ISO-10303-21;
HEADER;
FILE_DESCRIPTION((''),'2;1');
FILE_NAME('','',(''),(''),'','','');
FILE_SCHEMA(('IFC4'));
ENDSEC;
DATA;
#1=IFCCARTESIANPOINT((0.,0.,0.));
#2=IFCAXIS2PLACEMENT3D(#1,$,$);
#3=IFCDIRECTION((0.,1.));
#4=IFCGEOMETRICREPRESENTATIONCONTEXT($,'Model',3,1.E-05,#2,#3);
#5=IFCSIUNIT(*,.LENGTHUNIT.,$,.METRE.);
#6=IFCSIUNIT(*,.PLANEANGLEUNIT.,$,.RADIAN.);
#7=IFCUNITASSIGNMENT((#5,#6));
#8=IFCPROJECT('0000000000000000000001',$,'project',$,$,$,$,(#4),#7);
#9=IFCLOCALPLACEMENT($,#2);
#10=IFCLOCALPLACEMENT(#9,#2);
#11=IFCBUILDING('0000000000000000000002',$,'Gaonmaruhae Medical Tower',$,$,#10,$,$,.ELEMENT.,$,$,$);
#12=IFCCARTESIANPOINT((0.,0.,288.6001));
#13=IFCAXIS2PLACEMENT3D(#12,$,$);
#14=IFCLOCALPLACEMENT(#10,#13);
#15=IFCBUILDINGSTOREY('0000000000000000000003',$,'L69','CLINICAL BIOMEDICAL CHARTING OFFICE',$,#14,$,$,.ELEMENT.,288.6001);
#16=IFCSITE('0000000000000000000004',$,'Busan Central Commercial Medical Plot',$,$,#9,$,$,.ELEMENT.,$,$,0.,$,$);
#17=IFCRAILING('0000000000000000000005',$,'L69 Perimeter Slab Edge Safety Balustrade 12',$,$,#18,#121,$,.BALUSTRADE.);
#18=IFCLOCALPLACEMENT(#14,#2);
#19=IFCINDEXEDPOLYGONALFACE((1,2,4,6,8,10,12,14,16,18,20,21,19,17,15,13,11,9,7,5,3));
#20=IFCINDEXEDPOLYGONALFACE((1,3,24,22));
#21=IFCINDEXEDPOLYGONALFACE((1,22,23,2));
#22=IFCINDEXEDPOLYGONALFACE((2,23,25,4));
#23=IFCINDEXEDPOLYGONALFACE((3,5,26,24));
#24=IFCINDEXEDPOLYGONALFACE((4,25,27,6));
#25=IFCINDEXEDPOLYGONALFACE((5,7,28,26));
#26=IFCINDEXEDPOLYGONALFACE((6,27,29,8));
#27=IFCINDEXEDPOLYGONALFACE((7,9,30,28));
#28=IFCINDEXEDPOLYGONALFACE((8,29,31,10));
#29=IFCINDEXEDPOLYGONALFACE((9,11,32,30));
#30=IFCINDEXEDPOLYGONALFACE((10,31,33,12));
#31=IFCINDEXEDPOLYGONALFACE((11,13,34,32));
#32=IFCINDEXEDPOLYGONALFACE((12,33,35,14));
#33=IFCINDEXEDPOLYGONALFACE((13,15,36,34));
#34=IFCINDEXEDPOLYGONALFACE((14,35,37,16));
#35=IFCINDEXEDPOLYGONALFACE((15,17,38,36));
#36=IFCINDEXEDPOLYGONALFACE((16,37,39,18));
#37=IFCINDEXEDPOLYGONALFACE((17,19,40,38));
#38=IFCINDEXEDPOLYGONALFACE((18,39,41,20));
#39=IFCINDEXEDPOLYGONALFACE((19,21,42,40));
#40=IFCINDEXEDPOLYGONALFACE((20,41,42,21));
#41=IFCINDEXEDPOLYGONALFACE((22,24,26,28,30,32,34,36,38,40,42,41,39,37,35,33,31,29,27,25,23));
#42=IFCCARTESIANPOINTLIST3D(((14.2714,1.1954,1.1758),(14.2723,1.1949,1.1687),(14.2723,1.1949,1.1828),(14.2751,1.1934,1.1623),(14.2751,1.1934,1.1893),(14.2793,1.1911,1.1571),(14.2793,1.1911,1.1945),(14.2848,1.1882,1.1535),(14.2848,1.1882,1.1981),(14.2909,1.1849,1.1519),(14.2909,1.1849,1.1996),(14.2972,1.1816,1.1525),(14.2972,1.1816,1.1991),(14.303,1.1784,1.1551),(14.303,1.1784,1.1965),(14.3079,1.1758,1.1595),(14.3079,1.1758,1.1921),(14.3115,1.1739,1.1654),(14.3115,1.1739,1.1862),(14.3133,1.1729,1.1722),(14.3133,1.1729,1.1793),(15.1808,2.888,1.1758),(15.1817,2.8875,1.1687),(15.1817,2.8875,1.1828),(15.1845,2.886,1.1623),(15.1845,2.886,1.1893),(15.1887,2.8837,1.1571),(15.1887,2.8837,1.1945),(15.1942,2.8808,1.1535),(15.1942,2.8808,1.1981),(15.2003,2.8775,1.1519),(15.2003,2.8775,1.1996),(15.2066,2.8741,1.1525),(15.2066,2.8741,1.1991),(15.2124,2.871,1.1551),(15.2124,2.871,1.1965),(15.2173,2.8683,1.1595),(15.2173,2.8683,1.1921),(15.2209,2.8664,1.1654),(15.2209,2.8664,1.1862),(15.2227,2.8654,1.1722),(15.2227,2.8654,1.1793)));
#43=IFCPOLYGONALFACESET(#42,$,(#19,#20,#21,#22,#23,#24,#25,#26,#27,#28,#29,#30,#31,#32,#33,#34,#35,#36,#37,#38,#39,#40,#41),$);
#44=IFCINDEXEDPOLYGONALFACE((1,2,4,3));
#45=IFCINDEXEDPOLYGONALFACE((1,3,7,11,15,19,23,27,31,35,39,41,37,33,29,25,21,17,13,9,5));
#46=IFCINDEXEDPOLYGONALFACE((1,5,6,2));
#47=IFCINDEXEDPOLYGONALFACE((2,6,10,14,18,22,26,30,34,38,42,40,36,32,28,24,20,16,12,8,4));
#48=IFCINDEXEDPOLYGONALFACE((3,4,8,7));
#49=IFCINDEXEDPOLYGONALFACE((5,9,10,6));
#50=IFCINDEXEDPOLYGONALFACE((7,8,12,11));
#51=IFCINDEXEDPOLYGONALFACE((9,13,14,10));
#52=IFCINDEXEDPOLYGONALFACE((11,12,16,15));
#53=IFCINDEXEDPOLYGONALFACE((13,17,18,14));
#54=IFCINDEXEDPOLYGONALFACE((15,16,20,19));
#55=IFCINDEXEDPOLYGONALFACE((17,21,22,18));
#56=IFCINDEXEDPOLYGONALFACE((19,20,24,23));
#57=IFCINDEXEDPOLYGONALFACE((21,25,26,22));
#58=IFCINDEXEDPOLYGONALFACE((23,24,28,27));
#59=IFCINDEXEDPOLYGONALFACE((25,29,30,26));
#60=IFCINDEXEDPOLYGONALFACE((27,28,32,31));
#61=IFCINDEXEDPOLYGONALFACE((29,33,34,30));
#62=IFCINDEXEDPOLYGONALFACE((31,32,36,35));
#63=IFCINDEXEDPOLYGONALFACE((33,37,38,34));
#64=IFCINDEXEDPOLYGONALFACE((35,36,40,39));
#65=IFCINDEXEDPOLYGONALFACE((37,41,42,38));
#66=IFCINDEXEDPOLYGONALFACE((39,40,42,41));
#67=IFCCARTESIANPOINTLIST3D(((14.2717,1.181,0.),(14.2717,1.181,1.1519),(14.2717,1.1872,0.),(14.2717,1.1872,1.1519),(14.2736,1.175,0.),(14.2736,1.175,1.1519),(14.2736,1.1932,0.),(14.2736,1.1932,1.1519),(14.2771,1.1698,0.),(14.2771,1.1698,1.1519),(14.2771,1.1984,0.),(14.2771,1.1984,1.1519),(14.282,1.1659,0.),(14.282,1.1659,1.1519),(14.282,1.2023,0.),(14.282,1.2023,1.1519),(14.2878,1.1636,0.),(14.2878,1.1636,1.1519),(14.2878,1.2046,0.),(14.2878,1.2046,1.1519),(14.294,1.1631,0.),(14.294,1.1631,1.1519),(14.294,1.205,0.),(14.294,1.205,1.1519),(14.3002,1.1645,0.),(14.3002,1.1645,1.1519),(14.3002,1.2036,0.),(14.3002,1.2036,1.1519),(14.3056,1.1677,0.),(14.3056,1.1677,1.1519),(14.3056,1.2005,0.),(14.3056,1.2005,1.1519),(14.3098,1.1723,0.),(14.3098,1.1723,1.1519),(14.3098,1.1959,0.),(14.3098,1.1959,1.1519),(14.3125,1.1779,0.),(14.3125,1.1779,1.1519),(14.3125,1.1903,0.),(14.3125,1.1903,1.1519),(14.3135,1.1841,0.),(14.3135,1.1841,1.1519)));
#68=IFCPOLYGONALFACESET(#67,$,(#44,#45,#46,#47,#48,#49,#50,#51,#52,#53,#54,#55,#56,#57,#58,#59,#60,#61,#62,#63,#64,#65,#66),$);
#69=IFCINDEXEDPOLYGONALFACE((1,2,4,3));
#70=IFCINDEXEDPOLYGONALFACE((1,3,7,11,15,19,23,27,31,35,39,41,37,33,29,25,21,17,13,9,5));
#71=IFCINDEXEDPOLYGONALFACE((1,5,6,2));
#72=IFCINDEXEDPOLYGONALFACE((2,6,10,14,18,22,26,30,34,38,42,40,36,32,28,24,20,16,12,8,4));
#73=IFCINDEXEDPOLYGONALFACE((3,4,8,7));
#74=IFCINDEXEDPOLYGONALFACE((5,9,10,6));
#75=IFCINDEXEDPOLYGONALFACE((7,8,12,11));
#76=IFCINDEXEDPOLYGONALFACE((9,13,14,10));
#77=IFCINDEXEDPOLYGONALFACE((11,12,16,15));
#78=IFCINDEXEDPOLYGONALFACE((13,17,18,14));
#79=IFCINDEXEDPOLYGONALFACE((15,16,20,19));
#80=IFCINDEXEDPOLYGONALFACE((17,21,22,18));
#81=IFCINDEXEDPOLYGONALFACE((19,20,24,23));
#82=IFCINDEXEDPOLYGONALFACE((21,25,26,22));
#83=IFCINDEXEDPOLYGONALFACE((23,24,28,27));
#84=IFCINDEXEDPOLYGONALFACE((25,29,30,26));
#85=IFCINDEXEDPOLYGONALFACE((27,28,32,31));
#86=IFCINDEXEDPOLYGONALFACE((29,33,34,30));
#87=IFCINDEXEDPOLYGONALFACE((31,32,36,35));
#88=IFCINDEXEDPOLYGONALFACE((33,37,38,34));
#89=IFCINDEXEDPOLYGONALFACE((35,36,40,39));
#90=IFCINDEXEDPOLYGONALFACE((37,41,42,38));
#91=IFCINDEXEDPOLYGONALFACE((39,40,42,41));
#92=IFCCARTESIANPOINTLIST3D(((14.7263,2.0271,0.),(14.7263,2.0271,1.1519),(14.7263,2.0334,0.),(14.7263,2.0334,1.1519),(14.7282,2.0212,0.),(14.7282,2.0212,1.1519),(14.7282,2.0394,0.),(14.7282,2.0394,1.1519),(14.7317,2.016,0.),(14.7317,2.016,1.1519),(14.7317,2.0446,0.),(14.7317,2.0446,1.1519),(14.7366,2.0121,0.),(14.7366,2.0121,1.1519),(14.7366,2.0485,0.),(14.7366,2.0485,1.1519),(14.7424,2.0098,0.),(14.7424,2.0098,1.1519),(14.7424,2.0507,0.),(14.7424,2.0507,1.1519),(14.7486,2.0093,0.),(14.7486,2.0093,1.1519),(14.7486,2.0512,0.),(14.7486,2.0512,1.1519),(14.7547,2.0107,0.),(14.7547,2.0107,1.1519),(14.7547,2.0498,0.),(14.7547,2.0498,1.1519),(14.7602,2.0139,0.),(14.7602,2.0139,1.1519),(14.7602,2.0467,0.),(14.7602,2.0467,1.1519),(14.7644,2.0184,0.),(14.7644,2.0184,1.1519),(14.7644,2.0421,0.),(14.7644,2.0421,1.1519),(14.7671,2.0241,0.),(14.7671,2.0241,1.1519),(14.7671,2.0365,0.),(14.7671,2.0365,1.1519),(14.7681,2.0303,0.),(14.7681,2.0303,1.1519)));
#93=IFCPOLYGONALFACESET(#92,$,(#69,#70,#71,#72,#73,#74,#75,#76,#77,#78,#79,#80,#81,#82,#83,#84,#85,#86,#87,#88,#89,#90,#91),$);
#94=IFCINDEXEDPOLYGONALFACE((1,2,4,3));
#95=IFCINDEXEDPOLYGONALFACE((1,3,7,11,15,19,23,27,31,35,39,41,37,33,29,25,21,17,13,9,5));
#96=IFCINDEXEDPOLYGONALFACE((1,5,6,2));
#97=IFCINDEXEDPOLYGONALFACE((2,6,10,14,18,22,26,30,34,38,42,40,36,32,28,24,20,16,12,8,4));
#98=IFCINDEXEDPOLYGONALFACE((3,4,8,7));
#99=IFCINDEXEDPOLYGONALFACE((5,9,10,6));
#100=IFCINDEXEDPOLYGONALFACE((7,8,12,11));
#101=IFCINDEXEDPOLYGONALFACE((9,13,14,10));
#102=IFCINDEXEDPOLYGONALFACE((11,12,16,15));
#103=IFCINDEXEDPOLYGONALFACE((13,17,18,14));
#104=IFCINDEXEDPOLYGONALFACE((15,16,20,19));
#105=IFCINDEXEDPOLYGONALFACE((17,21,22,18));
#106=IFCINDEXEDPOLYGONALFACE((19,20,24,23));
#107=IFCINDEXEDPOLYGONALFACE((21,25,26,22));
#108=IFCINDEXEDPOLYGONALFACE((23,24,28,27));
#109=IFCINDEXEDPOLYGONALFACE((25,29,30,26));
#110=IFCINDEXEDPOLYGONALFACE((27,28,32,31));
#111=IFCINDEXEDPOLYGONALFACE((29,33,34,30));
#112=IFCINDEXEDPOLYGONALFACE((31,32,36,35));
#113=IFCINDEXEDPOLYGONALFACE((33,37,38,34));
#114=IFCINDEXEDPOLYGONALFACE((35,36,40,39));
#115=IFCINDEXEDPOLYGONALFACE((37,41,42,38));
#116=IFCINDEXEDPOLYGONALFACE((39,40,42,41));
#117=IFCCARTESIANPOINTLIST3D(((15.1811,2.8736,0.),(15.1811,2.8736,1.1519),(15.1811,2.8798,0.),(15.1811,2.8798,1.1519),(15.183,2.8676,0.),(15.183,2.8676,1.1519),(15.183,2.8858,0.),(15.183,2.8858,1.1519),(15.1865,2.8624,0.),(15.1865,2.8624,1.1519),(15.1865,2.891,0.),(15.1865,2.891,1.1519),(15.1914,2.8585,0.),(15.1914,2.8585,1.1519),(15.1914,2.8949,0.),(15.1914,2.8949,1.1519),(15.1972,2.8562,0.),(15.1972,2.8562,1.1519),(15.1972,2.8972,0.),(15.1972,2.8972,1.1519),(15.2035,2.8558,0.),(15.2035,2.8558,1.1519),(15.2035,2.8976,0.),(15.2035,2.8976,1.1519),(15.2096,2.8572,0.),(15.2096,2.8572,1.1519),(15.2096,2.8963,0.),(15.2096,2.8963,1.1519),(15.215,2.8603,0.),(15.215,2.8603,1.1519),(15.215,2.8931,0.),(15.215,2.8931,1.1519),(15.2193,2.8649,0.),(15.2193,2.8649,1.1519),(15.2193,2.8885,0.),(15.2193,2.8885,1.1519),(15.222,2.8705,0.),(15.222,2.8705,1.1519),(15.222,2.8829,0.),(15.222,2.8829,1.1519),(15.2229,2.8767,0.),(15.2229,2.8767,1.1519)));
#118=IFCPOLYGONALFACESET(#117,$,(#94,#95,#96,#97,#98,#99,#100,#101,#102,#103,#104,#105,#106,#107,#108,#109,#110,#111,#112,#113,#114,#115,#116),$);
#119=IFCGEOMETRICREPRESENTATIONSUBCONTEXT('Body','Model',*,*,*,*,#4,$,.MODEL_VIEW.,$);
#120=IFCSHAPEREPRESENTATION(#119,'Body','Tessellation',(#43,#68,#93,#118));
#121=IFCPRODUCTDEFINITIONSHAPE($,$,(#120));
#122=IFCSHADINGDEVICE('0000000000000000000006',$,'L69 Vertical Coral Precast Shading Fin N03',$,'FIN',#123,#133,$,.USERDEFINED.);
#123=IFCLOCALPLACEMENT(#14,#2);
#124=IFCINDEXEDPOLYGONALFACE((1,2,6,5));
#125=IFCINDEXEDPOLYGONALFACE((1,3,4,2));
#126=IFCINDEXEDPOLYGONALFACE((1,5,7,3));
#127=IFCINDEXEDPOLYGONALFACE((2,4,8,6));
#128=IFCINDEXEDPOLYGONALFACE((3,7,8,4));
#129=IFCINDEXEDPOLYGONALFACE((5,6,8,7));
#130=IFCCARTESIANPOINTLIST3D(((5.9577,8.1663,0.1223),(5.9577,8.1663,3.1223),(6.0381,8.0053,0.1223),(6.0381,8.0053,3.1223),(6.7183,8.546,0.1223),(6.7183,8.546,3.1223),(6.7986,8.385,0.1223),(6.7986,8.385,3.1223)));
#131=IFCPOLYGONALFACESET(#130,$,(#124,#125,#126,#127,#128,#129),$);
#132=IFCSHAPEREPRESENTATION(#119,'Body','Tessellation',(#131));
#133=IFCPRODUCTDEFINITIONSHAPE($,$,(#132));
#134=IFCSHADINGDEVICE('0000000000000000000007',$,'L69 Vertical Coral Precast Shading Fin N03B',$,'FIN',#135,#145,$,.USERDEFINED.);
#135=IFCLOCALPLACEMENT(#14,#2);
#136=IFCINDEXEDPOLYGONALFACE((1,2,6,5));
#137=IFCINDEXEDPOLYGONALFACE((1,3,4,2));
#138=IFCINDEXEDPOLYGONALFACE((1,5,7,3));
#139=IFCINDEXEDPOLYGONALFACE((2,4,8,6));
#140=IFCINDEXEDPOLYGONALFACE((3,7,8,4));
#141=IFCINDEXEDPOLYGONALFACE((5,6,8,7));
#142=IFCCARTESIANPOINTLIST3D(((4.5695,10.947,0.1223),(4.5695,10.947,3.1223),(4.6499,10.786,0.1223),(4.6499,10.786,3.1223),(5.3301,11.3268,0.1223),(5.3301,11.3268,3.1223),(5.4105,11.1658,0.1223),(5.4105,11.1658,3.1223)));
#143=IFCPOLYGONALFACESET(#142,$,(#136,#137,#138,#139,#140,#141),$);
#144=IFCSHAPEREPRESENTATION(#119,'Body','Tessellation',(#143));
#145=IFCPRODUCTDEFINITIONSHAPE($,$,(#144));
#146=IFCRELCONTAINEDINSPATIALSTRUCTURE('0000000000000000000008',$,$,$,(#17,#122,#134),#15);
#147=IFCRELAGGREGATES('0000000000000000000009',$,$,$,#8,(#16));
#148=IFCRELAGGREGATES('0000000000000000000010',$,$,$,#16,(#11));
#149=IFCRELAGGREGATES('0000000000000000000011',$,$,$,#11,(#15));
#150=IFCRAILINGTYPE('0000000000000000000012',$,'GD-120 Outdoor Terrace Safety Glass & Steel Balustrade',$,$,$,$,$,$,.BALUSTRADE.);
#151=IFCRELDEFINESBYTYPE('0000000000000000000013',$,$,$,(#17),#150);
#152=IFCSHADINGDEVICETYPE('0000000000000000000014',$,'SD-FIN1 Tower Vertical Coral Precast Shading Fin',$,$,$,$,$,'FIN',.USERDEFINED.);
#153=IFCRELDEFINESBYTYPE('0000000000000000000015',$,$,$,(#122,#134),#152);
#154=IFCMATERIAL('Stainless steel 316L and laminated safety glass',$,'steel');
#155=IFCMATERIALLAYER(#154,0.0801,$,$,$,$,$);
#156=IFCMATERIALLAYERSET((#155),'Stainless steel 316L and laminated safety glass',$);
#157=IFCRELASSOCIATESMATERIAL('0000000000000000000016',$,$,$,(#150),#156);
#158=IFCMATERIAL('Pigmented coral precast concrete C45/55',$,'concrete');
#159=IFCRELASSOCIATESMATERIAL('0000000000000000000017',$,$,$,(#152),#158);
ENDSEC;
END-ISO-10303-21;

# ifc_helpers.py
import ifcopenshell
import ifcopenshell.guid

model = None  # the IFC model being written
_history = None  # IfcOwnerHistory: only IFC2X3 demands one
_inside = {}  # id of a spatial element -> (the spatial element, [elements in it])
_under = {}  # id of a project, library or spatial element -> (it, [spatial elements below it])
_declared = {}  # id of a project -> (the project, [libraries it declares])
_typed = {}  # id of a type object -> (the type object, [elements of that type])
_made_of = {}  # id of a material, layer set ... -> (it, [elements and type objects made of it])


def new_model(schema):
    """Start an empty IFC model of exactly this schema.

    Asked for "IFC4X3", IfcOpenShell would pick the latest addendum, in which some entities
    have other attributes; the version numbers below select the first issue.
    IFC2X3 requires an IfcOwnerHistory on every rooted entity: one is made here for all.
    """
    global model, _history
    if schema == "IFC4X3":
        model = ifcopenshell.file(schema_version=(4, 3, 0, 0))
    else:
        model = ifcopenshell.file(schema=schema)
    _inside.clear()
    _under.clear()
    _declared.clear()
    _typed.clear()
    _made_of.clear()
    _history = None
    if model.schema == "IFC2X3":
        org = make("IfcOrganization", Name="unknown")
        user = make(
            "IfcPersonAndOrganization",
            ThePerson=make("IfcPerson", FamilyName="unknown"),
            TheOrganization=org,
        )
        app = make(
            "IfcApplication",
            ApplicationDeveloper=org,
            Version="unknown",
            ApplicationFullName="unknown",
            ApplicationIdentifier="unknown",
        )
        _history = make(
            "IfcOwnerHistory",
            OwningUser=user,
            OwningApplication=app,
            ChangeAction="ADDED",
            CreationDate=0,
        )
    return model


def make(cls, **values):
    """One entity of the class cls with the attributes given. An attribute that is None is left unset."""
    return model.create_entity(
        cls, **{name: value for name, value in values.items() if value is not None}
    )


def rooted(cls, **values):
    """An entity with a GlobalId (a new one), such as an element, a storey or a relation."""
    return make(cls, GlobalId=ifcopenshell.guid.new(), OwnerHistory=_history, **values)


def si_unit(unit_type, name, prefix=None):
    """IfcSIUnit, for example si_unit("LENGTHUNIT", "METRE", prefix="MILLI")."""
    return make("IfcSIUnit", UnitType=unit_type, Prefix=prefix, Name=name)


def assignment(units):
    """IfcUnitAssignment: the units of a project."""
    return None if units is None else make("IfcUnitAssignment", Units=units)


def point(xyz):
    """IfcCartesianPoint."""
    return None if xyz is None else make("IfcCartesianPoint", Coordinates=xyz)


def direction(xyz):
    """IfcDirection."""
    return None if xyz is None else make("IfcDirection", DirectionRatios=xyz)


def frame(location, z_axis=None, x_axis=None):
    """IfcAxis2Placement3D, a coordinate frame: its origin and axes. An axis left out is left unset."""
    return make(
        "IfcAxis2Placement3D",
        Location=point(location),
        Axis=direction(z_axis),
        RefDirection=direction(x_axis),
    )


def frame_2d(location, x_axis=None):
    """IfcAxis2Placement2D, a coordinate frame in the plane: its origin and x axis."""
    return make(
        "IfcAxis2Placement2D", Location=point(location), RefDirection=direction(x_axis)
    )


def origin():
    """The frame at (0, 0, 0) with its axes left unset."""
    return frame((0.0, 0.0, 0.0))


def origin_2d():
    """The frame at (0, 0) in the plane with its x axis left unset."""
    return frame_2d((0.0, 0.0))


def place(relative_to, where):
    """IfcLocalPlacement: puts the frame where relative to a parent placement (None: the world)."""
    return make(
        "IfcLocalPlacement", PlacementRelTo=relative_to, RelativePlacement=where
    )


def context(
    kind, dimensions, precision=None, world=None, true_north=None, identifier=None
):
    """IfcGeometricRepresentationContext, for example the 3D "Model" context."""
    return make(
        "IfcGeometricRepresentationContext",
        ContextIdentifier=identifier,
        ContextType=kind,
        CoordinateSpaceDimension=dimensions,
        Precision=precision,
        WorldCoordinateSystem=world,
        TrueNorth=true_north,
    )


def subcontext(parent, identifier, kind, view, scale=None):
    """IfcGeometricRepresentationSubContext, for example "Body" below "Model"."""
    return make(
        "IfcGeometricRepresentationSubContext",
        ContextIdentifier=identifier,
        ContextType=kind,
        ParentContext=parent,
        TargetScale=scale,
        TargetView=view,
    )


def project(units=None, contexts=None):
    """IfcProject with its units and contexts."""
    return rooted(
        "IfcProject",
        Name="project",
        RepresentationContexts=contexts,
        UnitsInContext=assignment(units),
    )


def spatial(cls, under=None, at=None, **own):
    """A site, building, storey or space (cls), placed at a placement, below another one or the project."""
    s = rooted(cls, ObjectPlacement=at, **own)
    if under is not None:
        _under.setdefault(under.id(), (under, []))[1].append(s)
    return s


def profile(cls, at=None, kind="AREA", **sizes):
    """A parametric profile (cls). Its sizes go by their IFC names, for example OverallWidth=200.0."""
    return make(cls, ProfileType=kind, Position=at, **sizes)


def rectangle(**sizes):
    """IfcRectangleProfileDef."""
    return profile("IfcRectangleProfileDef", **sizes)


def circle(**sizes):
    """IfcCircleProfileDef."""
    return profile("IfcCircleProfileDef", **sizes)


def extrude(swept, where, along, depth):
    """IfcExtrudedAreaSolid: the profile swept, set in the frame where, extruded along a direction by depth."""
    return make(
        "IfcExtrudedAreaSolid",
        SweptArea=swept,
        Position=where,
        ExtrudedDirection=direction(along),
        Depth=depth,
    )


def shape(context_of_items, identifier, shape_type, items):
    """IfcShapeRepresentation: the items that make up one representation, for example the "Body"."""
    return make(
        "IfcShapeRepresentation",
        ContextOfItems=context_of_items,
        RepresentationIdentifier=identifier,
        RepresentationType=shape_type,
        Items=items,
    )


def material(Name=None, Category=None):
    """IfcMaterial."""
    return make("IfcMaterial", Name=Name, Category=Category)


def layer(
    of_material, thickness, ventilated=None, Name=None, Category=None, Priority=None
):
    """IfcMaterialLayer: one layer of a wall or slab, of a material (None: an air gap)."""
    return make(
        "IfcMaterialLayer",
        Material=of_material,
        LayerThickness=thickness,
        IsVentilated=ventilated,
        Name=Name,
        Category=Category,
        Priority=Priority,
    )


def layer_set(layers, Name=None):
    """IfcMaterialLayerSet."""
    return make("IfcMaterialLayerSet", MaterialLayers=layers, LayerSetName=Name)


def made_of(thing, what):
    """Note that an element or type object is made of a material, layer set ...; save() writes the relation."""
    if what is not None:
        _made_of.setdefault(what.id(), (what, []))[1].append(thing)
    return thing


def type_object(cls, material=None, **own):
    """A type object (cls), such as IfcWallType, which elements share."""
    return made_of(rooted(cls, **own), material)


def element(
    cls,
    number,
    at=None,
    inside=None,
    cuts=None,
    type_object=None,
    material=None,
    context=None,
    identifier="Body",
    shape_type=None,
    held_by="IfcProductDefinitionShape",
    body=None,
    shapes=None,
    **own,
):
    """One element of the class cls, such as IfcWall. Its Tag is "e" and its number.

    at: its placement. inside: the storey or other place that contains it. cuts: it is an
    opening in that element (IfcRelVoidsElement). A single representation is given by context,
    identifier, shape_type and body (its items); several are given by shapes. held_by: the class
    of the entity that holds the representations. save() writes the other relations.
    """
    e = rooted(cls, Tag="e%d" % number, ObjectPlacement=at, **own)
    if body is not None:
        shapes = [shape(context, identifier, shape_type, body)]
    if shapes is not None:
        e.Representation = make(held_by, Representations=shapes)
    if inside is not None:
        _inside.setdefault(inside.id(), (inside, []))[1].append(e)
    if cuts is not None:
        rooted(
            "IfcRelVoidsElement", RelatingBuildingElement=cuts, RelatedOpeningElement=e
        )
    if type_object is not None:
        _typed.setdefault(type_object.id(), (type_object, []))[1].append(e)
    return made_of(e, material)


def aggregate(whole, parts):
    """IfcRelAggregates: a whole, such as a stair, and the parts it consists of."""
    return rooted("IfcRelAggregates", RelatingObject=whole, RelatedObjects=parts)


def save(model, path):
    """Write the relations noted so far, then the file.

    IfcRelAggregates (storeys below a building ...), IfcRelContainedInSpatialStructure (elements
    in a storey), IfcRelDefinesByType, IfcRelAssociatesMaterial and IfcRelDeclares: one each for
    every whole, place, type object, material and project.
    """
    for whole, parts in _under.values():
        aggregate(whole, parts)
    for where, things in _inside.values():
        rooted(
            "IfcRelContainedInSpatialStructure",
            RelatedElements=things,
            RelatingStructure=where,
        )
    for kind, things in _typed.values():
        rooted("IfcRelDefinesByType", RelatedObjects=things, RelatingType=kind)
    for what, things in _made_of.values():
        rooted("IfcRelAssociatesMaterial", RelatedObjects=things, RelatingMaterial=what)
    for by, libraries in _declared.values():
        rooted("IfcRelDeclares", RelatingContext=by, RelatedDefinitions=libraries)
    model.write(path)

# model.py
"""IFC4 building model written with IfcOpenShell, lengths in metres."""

from ifc_helpers import new_model, si_unit, direction, frame, origin, origin_2d, place, context, subcontext, project, spatial, rectangle, circle, extrude, material, layer, layer_set, type_object, element, save


model = new_model("IFC4")

# Units and contexts
model_context = context("Model", 3, precision=1e-05, world=origin(), true_north=direction((0.0, 1.0)))
body_context = subcontext(model_context, "Body", "Model", "MODEL_VIEW")
ifc_project = project(units=[si_unit("LENGTHUNIT", "METRE"), si_unit("PLANEANGLEUNIT", "RADIAN")], contexts=[model_context])

# Site, building, storey
site_placement = place(None, origin())
site = spatial("IfcSite", under=ifc_project, at=site_placement, Name="Busan Central Commercial Medical Plot", CompositionType="ELEMENT", RefElevation=0.0)
building_placement = place(site_placement, origin())
building = spatial("IfcBuilding", under=site, at=building_placement, Name="Gaonmaruhae Medical Tower", CompositionType="ELEMENT")
storey_placement = place(building_placement, frame((0.0, 0.0, 288.6001)))
storey = spatial("IfcBuildingStorey", under=building, at=storey_placement, Name="L69", Description="CLINICAL BIOMEDICAL CHARTING OFFICE", CompositionType="ELEMENT", Elevation=288.6001)

# Railing
ifc_material_1 = material(Name="Stainless steel 316L and laminated safety glass", Category="steel")
ifc_layer_1 = layer(ifc_material_1, 0.0801)
ifc_layer_set_1 = layer_set([ifc_layer_1], Name="Stainless steel 316L and laminated safety glass")
railing_type = type_object("IfcRailingType", Name="GD-120 Outdoor Terrace Safety Glass & Steel Balustrade", PredefinedType="BALUSTRADE", material=ifc_layer_set_1)
railing_1_placement = place(storey_placement, frame((14.2925, 1.1841, 0.0)))
element("IfcRailing", 1, at=railing_1_placement, inside=storey, type_object=railing_type, Name="L69 Perimeter Slab Edge Safety Balustrade 12", PredefinedType="BALUSTRADE", context=body_context, shape_type="SweptSolid", body=[
    extrude(circle(Radius=0.0239, at=origin_2d()), frame((0.0, 0.0, 1.1758), z_axis=(0.473296, 0.880903, 0.0), x_axis=(-0.880903, 0.473296, 0.0)), (0.0, 0.0, 1.0), 1.9214),
    extrude(circle(Radius=0.021, at=origin_2d()), origin(), (0.0, 0.0, 1.0), 1.1519),
    extrude(circle(Radius=0.021, at=origin_2d()), frame((0.4546, 0.8462, 0.0)), (0.0, 0.0, 1.0), 1.1519),
    extrude(circle(Radius=0.021, at=origin_2d()), frame((0.9094, 1.6926, 0.0)), (0.0, 0.0, 1.0), 1.1519),
])

# Shading devices
ifc_material_2 = material(Name="Pigmented coral precast concrete C45/55", Category="concrete")
shading_device_type = type_object("IfcShadingDeviceType", Name="SD-FIN1 Tower Vertical Coral Precast Shading Fin", ElementType="FIN", PredefinedType="USERDEFINED", material=ifc_material_2)
for number, where, z_axis, x_axis, name in (
    (2, (6.3782, 8.2756, 0.1223), (0.0, 0.0, 1.0), (-0.446698, 0.894685, 0.0), "L69 Vertical Coral Precast Shading Fin N03"),
    (3, (4.99, 11.0564, 0.1223), (0.0, 0.0, 1.0), (-0.446698, 0.894685, 0.0), "L69 Vertical Coral Precast Shading Fin N03B"),
):
    element("IfcShadingDevice", number, at=place(storey_placement, frame(where, z_axis=z_axis, x_axis=x_axis)), inside=storey, type_object=shading_device_type, Name=name, ObjectType="FIN", PredefinedType="USERDEFINED", context=body_context, shape_type="SweptSolid", body=[
        extrude(rectangle(XDim=0.1799, YDim=0.8501, at=origin_2d()), origin(), (0.0, 0.0, 1.0), 3.0),
    ])

save(model, "model.ifc")
